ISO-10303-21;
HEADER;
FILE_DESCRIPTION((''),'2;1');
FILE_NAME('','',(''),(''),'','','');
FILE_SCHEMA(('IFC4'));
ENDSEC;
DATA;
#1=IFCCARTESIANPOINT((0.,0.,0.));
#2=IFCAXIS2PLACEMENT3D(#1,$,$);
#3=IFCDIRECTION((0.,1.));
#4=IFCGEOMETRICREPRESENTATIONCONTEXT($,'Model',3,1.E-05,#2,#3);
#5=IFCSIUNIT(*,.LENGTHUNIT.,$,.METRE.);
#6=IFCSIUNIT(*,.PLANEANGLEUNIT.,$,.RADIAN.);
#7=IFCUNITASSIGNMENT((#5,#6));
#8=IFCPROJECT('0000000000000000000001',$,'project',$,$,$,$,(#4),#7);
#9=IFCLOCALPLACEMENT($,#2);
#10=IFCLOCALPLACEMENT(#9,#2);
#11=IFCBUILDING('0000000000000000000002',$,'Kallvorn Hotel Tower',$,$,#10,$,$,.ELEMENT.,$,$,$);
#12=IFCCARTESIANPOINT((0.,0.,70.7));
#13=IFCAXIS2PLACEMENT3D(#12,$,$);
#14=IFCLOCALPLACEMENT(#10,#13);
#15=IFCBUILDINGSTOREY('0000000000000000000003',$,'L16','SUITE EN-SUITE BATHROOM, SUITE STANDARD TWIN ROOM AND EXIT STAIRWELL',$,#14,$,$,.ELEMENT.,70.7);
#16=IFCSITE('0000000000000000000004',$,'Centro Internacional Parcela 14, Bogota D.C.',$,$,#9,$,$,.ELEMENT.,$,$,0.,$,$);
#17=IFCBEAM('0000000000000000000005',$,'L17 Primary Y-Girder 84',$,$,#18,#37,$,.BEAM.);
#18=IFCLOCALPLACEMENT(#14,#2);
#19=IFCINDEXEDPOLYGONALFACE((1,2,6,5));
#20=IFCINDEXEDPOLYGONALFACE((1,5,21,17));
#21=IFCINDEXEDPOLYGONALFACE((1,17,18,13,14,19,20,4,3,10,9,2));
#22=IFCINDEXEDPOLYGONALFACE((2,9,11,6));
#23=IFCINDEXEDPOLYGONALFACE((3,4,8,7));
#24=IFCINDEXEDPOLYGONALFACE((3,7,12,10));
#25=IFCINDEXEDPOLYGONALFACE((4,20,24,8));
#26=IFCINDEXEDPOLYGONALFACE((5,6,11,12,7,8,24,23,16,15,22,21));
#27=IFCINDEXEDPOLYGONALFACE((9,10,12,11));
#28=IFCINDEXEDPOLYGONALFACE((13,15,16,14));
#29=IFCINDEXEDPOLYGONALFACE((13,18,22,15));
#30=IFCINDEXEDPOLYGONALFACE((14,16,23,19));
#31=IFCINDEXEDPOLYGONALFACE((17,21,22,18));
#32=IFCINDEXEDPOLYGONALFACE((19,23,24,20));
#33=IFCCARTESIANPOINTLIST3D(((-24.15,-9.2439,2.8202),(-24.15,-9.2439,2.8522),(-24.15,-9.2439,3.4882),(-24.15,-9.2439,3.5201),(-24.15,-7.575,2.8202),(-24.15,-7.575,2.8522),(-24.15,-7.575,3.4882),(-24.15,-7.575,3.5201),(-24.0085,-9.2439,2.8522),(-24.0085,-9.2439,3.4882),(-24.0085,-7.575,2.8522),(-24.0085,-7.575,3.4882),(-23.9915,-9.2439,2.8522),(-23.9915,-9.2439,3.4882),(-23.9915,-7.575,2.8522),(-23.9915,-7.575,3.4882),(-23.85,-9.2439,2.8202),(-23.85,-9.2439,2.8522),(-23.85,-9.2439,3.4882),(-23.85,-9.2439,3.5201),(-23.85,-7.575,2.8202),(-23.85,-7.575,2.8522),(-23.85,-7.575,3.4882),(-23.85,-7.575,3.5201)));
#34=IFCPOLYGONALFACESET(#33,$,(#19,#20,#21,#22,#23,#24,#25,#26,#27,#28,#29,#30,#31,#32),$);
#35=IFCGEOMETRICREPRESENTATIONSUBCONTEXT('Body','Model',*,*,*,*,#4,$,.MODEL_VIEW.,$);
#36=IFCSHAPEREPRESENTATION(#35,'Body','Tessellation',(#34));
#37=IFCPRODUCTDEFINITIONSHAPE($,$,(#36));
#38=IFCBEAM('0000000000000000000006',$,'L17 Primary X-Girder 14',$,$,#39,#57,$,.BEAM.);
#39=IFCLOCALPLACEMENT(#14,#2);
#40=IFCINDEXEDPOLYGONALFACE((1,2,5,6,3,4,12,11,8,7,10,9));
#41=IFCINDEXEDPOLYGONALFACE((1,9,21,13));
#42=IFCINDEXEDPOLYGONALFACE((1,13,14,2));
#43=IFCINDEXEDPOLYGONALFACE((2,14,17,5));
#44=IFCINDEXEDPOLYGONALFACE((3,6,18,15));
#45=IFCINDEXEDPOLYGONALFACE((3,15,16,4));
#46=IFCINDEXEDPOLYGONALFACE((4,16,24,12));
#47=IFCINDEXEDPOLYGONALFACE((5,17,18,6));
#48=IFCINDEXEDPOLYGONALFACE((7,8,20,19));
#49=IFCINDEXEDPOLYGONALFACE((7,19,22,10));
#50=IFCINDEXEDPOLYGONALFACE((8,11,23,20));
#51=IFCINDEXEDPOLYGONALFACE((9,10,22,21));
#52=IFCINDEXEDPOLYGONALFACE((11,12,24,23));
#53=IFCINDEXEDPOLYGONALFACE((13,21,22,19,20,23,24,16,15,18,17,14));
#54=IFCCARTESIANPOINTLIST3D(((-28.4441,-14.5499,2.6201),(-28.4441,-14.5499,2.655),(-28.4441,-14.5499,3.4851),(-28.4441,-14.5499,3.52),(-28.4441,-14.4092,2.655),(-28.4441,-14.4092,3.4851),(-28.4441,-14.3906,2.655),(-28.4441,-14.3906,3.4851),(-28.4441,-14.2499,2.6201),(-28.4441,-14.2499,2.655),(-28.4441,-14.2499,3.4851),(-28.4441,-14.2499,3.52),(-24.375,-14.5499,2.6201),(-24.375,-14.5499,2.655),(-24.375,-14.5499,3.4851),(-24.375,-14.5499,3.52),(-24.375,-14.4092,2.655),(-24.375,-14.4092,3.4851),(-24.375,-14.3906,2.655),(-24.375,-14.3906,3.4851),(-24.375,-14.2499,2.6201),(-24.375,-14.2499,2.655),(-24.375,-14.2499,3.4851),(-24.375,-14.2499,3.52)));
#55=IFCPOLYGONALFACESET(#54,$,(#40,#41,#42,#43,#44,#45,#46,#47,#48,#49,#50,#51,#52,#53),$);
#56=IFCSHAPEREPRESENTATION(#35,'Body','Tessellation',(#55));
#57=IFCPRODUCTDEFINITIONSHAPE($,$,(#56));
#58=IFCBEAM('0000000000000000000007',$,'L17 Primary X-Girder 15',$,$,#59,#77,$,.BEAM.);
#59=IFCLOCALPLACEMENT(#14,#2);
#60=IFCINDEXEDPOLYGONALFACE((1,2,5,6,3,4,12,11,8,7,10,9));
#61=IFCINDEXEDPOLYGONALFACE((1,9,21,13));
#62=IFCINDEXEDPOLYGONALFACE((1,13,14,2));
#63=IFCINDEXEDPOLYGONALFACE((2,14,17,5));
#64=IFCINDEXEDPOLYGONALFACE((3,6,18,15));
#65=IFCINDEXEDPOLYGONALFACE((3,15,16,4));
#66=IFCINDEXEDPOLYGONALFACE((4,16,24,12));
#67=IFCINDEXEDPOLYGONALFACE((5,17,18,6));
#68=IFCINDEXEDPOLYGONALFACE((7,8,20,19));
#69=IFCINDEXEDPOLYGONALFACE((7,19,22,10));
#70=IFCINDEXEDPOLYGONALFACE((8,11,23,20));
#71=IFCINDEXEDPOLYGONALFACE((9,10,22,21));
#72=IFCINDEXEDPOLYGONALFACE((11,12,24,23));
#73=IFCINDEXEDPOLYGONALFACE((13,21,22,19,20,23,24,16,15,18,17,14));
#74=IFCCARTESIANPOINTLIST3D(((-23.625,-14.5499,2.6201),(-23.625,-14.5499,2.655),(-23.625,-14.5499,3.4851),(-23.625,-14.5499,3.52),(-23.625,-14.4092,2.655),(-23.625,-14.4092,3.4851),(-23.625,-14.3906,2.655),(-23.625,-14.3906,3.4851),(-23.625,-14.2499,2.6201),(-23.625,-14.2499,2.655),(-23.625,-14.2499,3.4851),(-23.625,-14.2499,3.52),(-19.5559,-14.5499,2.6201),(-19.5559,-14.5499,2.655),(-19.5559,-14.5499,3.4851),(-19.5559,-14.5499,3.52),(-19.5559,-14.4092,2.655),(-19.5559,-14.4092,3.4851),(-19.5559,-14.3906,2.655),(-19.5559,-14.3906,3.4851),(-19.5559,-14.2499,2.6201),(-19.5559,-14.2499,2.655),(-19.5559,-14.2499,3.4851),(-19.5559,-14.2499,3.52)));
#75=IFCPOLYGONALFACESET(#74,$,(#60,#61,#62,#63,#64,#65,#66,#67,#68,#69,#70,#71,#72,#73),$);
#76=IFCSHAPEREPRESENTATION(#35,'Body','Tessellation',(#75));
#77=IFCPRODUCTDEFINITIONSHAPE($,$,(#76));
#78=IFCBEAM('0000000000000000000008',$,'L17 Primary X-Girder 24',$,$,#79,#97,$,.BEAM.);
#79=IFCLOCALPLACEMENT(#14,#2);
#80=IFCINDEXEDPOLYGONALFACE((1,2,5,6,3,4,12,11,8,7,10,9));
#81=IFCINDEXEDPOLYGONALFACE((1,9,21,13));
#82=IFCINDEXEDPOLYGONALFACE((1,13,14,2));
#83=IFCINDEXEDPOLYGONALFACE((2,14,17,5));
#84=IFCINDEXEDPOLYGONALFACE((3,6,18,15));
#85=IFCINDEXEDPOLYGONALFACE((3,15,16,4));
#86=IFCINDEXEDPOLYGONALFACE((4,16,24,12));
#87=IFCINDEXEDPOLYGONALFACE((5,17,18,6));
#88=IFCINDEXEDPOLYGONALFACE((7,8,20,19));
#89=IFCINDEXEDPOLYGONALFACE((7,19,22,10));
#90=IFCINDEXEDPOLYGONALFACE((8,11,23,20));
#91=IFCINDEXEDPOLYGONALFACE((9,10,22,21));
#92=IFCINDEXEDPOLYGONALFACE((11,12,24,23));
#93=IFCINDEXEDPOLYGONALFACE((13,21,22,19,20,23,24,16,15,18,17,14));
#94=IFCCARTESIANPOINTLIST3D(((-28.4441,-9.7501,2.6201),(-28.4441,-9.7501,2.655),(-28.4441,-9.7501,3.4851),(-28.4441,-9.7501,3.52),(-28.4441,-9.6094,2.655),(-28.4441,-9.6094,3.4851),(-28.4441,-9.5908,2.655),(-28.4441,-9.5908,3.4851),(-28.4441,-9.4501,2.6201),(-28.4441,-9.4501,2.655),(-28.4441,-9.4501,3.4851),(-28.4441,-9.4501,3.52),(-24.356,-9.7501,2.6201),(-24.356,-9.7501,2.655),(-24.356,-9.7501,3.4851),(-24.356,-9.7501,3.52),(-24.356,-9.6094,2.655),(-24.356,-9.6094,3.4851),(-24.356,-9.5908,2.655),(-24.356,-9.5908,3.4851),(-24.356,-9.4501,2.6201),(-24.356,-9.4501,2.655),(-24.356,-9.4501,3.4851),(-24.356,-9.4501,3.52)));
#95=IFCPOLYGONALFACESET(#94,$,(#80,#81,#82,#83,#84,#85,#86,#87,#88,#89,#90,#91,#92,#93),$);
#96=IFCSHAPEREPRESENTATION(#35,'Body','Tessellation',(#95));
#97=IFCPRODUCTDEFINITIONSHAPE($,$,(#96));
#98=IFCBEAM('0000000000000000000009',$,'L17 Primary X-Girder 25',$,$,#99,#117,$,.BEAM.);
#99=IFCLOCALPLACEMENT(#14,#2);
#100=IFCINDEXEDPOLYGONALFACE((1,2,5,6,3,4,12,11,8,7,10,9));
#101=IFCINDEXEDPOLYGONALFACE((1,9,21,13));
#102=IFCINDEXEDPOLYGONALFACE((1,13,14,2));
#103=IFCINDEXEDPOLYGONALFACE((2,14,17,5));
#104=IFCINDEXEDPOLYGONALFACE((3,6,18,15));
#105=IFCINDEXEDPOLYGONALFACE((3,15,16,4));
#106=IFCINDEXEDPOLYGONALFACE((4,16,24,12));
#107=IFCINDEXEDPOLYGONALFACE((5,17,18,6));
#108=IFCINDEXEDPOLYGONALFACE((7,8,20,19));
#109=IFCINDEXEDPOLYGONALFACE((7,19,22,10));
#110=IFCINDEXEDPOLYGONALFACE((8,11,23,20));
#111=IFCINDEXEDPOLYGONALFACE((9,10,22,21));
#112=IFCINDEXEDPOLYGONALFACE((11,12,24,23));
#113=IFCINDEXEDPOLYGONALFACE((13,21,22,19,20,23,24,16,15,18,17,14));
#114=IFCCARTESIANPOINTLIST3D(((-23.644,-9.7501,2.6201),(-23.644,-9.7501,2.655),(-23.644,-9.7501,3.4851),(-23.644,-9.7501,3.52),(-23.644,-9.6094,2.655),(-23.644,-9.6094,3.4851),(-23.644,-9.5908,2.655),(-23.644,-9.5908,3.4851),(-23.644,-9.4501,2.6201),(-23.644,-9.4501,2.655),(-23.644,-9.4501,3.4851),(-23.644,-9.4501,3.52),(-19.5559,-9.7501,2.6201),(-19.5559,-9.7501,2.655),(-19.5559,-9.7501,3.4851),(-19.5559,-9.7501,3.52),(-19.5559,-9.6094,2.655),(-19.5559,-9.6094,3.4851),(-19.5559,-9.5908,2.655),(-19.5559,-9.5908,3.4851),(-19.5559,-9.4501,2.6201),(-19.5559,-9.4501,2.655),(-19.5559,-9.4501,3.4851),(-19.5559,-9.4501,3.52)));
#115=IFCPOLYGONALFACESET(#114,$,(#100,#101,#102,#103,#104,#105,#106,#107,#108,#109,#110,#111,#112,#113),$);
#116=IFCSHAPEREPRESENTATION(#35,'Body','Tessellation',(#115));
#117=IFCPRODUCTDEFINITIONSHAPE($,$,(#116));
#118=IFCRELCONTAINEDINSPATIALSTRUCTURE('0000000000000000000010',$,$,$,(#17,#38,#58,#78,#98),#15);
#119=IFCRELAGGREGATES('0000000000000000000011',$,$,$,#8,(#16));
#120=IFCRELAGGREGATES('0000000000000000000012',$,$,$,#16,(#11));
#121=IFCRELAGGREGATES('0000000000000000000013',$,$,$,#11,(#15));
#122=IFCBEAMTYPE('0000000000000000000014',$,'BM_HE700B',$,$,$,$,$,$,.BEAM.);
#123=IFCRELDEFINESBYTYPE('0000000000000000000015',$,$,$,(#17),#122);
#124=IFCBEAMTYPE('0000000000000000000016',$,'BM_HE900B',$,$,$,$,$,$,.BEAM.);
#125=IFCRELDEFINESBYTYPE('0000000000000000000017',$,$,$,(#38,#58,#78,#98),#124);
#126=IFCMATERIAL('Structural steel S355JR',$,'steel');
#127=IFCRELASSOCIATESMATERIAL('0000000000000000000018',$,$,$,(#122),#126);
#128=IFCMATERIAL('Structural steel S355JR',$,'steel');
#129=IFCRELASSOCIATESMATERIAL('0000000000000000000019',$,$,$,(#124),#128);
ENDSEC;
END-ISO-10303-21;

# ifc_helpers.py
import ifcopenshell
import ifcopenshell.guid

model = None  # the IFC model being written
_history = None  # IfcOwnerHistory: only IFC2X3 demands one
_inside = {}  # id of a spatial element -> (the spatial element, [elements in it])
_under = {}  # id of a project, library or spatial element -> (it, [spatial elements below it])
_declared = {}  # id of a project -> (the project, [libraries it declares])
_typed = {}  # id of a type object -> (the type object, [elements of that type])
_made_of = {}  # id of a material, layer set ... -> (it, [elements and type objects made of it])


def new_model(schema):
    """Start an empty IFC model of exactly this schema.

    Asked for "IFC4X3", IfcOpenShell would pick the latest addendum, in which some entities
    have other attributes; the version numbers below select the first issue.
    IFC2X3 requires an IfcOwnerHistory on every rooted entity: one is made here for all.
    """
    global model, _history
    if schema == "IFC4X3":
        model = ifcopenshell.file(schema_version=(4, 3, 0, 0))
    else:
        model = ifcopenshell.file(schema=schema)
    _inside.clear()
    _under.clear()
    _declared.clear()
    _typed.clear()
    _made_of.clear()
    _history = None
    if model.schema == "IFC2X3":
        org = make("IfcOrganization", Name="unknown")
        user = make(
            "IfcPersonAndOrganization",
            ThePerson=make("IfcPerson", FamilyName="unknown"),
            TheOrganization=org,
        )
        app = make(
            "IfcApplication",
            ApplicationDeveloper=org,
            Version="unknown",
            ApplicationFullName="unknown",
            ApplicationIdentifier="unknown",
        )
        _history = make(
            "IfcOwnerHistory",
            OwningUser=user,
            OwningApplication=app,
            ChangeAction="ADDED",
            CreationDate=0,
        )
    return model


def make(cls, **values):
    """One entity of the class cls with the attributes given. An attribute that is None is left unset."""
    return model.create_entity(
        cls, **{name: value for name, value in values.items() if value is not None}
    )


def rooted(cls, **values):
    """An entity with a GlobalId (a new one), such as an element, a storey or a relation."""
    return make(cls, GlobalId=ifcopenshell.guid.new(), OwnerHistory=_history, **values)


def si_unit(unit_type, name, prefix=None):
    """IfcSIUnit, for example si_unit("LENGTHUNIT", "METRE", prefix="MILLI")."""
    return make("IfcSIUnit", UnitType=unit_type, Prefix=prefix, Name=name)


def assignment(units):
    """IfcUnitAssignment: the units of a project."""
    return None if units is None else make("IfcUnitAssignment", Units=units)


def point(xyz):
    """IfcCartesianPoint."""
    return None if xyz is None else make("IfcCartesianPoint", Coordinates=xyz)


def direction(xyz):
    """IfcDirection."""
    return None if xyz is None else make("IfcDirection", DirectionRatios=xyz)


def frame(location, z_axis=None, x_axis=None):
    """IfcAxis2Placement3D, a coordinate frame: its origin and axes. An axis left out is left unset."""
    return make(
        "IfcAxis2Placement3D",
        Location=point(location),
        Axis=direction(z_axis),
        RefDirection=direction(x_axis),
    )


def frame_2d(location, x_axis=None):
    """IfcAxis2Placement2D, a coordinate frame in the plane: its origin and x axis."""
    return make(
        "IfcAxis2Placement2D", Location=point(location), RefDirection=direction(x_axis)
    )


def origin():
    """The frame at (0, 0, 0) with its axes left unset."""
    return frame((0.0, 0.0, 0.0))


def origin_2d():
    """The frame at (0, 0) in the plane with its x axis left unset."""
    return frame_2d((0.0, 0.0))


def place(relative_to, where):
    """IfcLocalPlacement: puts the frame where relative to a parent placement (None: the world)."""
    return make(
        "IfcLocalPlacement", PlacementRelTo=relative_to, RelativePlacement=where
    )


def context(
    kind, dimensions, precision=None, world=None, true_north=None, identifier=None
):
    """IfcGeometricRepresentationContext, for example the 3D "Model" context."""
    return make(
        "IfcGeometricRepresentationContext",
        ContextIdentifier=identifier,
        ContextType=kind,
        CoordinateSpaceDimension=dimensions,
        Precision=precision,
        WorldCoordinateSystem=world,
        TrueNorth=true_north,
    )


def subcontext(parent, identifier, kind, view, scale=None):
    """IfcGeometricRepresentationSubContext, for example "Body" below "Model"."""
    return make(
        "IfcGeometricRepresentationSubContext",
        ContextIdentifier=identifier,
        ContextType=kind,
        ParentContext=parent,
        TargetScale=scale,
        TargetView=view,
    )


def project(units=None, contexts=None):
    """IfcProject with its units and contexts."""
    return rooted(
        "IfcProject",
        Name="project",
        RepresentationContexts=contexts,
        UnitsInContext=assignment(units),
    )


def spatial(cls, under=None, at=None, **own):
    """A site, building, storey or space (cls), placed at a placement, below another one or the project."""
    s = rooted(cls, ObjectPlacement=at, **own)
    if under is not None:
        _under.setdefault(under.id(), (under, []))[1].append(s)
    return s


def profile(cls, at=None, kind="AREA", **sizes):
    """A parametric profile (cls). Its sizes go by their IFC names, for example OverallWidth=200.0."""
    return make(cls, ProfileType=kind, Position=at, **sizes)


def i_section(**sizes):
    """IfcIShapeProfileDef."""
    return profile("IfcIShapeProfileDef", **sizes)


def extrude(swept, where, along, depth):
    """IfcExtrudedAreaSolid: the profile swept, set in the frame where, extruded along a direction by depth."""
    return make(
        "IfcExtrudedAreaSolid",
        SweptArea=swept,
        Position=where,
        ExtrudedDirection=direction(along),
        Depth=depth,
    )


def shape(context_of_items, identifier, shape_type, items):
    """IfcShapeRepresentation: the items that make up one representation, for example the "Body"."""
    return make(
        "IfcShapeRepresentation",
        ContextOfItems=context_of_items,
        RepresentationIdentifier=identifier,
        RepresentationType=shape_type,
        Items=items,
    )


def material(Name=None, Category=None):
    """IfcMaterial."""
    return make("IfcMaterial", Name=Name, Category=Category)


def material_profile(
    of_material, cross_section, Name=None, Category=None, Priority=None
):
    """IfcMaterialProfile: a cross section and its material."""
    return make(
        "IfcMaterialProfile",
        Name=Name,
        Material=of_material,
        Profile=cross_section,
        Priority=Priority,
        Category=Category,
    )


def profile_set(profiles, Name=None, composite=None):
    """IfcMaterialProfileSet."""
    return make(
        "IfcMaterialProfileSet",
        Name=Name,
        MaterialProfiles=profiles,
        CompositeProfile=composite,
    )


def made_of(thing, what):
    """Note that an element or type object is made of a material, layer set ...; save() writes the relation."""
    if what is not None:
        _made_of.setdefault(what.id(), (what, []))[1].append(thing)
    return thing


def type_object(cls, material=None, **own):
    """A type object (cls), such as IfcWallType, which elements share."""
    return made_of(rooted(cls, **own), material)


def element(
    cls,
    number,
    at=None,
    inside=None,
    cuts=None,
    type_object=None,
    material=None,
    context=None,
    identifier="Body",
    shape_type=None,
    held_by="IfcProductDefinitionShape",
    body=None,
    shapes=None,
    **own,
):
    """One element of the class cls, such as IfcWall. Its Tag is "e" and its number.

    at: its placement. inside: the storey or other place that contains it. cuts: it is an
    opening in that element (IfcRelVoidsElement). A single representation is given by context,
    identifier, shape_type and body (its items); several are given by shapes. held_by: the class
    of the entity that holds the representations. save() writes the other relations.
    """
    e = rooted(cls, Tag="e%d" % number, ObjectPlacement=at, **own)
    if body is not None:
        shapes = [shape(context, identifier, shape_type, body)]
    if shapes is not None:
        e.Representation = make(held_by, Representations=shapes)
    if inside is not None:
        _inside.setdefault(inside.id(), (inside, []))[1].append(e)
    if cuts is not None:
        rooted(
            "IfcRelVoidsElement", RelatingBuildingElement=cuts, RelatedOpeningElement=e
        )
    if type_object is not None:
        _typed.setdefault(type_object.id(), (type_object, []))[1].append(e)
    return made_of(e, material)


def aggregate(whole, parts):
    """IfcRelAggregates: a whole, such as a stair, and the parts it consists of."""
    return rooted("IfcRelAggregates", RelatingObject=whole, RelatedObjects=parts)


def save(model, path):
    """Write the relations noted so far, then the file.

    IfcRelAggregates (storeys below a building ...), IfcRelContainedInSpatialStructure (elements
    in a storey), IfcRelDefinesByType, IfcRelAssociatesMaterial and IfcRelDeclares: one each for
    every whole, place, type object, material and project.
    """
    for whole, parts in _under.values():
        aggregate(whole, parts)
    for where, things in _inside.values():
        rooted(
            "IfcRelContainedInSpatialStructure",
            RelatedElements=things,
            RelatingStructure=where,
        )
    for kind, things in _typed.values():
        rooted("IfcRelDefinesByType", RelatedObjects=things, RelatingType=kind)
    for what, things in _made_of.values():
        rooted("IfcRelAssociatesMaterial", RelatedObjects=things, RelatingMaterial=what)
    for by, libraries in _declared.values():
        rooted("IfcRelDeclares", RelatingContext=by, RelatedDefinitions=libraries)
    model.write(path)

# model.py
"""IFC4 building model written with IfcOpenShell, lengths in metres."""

from ifc_helpers import new_model, si_unit, direction, frame, origin, origin_2d, place, context, subcontext, project, spatial, i_section, extrude, material, material_profile, profile_set, type_object, element, save


model = new_model("IFC4")

# Units and contexts
model_context = context("Model", 3, precision=1e-05, world=origin(), true_north=direction((0.0, 1.0)))
body_context = subcontext(model_context, "Body", "Model", "MODEL_VIEW")
ifc_project = project(units=[si_unit("LENGTHUNIT", "METRE"), si_unit("PLANEANGLEUNIT", "RADIAN")], contexts=[model_context])

# Site, building, storey
site_placement = place(None, origin())
site = spatial("IfcSite", under=ifc_project, at=site_placement, Name="Centro Internacional Parcela 14, Bogota D.C.", CompositionType="ELEMENT", RefElevation=0.0)
building_placement = place(site_placement, origin())
building = spatial("IfcBuilding", under=site, at=building_placement, Name="Kallvorn Hotel Tower", CompositionType="ELEMENT")
storey_placement = place(building_placement, frame((0.0, 0.0, 70.7)))
storey = spatial("IfcBuildingStorey", under=building, at=storey_placement, Name="L16", Description="SUITE EN-SUITE BATHROOM, SUITE STANDARD TWIN ROOM AND EXIT STAIRWELL", CompositionType="ELEMENT", Elevation=70.7)

# Beams
ifc_material_1 = material(Name="Structural steel S355JR", Category="steel")
ifc_material_profile_1 = material_profile(ifc_material_1, i_section(OverallWidth=0.3, OverallDepth=0.7, WebThickness=0.0171, FlangeThickness=0.032, at=origin_2d()), Name="HE 700 B")
ifc_profile_set_1 = profile_set([ifc_material_profile_1], Name="Structural steel S355JR")
beam_type_1 = type_object("IfcBeamType", Name="BM_HE700B", PredefinedType="BEAM", material=ifc_profile_set_1)
beam_1_placement = place(storey_placement, frame((-24.0, -9.2439, 3.1702), z_axis=(0.0, 1.0, 0.0), x_axis=(-1.0, 0.0, 0.0)))
element("IfcBeam", 1, at=beam_1_placement, inside=storey, type_object=beam_type_1, Name="L17 Primary Y-Girder 84", PredefinedType="BEAM", context=body_context, shape_type="SweptSolid", body=[
    extrude(i_section(OverallWidth=0.3, OverallDepth=0.7, WebThickness=0.0171, FlangeThickness=0.032, at=origin_2d()), origin(), (0.0, 0.0, 1.0), 1.6689),
])
ifc_material_2 = material(Name="Structural steel S355JR", Category="steel")
ifc_material_profile_2 = material_profile(ifc_material_2, i_section(OverallWidth=0.3, OverallDepth=0.8999, WebThickness=0.0186, FlangeThickness=0.0349, at=origin_2d()), Name="HE 900 B")
ifc_profile_set_2 = profile_set([ifc_material_profile_2], Name="Structural steel S355JR")
beam_type_2 = type_object("IfcBeamType", Name="BM_HE900B", PredefinedType="BEAM", material=ifc_profile_set_2)
for number, where, z_axis, x_axis, name in (
    (2, (-28.4441, -14.3999, 3.0701), (1.0, 0.0, 0.0), (0.0, 1.0, 0.0), "L17 Primary X-Girder 14"),
    (3, (-23.625, -14.3999, 3.0701), (1.0, 0.0, 0.0), (0.0, 1.0, 0.0), "L17 Primary X-Girder 15"),
):
    element("IfcBeam", number, at=place(storey_placement, frame(where, z_axis=z_axis, x_axis=x_axis)), inside=storey, type_object=beam_type_2, Name=name, PredefinedType="BEAM", context=body_context, shape_type="SweptSolid", body=[
        extrude(i_section(OverallWidth=0.3, OverallDepth=0.8999, WebThickness=0.0186, FlangeThickness=0.0349, at=origin_2d()), origin(), (0.0, 0.0, 1.0), 4.0691),
    ])
for number, where, z_axis, x_axis, name in (
    (4, (-28.4441, -9.6001, 3.0701), (1.0, 0.0, 0.0), (0.0, 1.0, 0.0), "L17 Primary X-Girder 24"),
    (5, (-23.644, -9.6001, 3.0701), (1.0, 0.0, 0.0), (0.0, 1.0, 0.0), "L17 Primary X-Girder 25"),
):
    element("IfcBeam", number, at=place(storey_placement, frame(where, z_axis=z_axis, x_axis=x_axis)), inside=storey, type_object=beam_type_2, Name=name, PredefinedType="BEAM", context=body_context, shape_type="SweptSolid", body=[
        extrude(i_section(OverallWidth=0.3, OverallDepth=0.8999, WebThickness=0.0186, FlangeThickness=0.0349, at=origin_2d()), origin(), (0.0, 0.0, 1.0), 4.0881),
    ])

save(model, "model.ifc")
